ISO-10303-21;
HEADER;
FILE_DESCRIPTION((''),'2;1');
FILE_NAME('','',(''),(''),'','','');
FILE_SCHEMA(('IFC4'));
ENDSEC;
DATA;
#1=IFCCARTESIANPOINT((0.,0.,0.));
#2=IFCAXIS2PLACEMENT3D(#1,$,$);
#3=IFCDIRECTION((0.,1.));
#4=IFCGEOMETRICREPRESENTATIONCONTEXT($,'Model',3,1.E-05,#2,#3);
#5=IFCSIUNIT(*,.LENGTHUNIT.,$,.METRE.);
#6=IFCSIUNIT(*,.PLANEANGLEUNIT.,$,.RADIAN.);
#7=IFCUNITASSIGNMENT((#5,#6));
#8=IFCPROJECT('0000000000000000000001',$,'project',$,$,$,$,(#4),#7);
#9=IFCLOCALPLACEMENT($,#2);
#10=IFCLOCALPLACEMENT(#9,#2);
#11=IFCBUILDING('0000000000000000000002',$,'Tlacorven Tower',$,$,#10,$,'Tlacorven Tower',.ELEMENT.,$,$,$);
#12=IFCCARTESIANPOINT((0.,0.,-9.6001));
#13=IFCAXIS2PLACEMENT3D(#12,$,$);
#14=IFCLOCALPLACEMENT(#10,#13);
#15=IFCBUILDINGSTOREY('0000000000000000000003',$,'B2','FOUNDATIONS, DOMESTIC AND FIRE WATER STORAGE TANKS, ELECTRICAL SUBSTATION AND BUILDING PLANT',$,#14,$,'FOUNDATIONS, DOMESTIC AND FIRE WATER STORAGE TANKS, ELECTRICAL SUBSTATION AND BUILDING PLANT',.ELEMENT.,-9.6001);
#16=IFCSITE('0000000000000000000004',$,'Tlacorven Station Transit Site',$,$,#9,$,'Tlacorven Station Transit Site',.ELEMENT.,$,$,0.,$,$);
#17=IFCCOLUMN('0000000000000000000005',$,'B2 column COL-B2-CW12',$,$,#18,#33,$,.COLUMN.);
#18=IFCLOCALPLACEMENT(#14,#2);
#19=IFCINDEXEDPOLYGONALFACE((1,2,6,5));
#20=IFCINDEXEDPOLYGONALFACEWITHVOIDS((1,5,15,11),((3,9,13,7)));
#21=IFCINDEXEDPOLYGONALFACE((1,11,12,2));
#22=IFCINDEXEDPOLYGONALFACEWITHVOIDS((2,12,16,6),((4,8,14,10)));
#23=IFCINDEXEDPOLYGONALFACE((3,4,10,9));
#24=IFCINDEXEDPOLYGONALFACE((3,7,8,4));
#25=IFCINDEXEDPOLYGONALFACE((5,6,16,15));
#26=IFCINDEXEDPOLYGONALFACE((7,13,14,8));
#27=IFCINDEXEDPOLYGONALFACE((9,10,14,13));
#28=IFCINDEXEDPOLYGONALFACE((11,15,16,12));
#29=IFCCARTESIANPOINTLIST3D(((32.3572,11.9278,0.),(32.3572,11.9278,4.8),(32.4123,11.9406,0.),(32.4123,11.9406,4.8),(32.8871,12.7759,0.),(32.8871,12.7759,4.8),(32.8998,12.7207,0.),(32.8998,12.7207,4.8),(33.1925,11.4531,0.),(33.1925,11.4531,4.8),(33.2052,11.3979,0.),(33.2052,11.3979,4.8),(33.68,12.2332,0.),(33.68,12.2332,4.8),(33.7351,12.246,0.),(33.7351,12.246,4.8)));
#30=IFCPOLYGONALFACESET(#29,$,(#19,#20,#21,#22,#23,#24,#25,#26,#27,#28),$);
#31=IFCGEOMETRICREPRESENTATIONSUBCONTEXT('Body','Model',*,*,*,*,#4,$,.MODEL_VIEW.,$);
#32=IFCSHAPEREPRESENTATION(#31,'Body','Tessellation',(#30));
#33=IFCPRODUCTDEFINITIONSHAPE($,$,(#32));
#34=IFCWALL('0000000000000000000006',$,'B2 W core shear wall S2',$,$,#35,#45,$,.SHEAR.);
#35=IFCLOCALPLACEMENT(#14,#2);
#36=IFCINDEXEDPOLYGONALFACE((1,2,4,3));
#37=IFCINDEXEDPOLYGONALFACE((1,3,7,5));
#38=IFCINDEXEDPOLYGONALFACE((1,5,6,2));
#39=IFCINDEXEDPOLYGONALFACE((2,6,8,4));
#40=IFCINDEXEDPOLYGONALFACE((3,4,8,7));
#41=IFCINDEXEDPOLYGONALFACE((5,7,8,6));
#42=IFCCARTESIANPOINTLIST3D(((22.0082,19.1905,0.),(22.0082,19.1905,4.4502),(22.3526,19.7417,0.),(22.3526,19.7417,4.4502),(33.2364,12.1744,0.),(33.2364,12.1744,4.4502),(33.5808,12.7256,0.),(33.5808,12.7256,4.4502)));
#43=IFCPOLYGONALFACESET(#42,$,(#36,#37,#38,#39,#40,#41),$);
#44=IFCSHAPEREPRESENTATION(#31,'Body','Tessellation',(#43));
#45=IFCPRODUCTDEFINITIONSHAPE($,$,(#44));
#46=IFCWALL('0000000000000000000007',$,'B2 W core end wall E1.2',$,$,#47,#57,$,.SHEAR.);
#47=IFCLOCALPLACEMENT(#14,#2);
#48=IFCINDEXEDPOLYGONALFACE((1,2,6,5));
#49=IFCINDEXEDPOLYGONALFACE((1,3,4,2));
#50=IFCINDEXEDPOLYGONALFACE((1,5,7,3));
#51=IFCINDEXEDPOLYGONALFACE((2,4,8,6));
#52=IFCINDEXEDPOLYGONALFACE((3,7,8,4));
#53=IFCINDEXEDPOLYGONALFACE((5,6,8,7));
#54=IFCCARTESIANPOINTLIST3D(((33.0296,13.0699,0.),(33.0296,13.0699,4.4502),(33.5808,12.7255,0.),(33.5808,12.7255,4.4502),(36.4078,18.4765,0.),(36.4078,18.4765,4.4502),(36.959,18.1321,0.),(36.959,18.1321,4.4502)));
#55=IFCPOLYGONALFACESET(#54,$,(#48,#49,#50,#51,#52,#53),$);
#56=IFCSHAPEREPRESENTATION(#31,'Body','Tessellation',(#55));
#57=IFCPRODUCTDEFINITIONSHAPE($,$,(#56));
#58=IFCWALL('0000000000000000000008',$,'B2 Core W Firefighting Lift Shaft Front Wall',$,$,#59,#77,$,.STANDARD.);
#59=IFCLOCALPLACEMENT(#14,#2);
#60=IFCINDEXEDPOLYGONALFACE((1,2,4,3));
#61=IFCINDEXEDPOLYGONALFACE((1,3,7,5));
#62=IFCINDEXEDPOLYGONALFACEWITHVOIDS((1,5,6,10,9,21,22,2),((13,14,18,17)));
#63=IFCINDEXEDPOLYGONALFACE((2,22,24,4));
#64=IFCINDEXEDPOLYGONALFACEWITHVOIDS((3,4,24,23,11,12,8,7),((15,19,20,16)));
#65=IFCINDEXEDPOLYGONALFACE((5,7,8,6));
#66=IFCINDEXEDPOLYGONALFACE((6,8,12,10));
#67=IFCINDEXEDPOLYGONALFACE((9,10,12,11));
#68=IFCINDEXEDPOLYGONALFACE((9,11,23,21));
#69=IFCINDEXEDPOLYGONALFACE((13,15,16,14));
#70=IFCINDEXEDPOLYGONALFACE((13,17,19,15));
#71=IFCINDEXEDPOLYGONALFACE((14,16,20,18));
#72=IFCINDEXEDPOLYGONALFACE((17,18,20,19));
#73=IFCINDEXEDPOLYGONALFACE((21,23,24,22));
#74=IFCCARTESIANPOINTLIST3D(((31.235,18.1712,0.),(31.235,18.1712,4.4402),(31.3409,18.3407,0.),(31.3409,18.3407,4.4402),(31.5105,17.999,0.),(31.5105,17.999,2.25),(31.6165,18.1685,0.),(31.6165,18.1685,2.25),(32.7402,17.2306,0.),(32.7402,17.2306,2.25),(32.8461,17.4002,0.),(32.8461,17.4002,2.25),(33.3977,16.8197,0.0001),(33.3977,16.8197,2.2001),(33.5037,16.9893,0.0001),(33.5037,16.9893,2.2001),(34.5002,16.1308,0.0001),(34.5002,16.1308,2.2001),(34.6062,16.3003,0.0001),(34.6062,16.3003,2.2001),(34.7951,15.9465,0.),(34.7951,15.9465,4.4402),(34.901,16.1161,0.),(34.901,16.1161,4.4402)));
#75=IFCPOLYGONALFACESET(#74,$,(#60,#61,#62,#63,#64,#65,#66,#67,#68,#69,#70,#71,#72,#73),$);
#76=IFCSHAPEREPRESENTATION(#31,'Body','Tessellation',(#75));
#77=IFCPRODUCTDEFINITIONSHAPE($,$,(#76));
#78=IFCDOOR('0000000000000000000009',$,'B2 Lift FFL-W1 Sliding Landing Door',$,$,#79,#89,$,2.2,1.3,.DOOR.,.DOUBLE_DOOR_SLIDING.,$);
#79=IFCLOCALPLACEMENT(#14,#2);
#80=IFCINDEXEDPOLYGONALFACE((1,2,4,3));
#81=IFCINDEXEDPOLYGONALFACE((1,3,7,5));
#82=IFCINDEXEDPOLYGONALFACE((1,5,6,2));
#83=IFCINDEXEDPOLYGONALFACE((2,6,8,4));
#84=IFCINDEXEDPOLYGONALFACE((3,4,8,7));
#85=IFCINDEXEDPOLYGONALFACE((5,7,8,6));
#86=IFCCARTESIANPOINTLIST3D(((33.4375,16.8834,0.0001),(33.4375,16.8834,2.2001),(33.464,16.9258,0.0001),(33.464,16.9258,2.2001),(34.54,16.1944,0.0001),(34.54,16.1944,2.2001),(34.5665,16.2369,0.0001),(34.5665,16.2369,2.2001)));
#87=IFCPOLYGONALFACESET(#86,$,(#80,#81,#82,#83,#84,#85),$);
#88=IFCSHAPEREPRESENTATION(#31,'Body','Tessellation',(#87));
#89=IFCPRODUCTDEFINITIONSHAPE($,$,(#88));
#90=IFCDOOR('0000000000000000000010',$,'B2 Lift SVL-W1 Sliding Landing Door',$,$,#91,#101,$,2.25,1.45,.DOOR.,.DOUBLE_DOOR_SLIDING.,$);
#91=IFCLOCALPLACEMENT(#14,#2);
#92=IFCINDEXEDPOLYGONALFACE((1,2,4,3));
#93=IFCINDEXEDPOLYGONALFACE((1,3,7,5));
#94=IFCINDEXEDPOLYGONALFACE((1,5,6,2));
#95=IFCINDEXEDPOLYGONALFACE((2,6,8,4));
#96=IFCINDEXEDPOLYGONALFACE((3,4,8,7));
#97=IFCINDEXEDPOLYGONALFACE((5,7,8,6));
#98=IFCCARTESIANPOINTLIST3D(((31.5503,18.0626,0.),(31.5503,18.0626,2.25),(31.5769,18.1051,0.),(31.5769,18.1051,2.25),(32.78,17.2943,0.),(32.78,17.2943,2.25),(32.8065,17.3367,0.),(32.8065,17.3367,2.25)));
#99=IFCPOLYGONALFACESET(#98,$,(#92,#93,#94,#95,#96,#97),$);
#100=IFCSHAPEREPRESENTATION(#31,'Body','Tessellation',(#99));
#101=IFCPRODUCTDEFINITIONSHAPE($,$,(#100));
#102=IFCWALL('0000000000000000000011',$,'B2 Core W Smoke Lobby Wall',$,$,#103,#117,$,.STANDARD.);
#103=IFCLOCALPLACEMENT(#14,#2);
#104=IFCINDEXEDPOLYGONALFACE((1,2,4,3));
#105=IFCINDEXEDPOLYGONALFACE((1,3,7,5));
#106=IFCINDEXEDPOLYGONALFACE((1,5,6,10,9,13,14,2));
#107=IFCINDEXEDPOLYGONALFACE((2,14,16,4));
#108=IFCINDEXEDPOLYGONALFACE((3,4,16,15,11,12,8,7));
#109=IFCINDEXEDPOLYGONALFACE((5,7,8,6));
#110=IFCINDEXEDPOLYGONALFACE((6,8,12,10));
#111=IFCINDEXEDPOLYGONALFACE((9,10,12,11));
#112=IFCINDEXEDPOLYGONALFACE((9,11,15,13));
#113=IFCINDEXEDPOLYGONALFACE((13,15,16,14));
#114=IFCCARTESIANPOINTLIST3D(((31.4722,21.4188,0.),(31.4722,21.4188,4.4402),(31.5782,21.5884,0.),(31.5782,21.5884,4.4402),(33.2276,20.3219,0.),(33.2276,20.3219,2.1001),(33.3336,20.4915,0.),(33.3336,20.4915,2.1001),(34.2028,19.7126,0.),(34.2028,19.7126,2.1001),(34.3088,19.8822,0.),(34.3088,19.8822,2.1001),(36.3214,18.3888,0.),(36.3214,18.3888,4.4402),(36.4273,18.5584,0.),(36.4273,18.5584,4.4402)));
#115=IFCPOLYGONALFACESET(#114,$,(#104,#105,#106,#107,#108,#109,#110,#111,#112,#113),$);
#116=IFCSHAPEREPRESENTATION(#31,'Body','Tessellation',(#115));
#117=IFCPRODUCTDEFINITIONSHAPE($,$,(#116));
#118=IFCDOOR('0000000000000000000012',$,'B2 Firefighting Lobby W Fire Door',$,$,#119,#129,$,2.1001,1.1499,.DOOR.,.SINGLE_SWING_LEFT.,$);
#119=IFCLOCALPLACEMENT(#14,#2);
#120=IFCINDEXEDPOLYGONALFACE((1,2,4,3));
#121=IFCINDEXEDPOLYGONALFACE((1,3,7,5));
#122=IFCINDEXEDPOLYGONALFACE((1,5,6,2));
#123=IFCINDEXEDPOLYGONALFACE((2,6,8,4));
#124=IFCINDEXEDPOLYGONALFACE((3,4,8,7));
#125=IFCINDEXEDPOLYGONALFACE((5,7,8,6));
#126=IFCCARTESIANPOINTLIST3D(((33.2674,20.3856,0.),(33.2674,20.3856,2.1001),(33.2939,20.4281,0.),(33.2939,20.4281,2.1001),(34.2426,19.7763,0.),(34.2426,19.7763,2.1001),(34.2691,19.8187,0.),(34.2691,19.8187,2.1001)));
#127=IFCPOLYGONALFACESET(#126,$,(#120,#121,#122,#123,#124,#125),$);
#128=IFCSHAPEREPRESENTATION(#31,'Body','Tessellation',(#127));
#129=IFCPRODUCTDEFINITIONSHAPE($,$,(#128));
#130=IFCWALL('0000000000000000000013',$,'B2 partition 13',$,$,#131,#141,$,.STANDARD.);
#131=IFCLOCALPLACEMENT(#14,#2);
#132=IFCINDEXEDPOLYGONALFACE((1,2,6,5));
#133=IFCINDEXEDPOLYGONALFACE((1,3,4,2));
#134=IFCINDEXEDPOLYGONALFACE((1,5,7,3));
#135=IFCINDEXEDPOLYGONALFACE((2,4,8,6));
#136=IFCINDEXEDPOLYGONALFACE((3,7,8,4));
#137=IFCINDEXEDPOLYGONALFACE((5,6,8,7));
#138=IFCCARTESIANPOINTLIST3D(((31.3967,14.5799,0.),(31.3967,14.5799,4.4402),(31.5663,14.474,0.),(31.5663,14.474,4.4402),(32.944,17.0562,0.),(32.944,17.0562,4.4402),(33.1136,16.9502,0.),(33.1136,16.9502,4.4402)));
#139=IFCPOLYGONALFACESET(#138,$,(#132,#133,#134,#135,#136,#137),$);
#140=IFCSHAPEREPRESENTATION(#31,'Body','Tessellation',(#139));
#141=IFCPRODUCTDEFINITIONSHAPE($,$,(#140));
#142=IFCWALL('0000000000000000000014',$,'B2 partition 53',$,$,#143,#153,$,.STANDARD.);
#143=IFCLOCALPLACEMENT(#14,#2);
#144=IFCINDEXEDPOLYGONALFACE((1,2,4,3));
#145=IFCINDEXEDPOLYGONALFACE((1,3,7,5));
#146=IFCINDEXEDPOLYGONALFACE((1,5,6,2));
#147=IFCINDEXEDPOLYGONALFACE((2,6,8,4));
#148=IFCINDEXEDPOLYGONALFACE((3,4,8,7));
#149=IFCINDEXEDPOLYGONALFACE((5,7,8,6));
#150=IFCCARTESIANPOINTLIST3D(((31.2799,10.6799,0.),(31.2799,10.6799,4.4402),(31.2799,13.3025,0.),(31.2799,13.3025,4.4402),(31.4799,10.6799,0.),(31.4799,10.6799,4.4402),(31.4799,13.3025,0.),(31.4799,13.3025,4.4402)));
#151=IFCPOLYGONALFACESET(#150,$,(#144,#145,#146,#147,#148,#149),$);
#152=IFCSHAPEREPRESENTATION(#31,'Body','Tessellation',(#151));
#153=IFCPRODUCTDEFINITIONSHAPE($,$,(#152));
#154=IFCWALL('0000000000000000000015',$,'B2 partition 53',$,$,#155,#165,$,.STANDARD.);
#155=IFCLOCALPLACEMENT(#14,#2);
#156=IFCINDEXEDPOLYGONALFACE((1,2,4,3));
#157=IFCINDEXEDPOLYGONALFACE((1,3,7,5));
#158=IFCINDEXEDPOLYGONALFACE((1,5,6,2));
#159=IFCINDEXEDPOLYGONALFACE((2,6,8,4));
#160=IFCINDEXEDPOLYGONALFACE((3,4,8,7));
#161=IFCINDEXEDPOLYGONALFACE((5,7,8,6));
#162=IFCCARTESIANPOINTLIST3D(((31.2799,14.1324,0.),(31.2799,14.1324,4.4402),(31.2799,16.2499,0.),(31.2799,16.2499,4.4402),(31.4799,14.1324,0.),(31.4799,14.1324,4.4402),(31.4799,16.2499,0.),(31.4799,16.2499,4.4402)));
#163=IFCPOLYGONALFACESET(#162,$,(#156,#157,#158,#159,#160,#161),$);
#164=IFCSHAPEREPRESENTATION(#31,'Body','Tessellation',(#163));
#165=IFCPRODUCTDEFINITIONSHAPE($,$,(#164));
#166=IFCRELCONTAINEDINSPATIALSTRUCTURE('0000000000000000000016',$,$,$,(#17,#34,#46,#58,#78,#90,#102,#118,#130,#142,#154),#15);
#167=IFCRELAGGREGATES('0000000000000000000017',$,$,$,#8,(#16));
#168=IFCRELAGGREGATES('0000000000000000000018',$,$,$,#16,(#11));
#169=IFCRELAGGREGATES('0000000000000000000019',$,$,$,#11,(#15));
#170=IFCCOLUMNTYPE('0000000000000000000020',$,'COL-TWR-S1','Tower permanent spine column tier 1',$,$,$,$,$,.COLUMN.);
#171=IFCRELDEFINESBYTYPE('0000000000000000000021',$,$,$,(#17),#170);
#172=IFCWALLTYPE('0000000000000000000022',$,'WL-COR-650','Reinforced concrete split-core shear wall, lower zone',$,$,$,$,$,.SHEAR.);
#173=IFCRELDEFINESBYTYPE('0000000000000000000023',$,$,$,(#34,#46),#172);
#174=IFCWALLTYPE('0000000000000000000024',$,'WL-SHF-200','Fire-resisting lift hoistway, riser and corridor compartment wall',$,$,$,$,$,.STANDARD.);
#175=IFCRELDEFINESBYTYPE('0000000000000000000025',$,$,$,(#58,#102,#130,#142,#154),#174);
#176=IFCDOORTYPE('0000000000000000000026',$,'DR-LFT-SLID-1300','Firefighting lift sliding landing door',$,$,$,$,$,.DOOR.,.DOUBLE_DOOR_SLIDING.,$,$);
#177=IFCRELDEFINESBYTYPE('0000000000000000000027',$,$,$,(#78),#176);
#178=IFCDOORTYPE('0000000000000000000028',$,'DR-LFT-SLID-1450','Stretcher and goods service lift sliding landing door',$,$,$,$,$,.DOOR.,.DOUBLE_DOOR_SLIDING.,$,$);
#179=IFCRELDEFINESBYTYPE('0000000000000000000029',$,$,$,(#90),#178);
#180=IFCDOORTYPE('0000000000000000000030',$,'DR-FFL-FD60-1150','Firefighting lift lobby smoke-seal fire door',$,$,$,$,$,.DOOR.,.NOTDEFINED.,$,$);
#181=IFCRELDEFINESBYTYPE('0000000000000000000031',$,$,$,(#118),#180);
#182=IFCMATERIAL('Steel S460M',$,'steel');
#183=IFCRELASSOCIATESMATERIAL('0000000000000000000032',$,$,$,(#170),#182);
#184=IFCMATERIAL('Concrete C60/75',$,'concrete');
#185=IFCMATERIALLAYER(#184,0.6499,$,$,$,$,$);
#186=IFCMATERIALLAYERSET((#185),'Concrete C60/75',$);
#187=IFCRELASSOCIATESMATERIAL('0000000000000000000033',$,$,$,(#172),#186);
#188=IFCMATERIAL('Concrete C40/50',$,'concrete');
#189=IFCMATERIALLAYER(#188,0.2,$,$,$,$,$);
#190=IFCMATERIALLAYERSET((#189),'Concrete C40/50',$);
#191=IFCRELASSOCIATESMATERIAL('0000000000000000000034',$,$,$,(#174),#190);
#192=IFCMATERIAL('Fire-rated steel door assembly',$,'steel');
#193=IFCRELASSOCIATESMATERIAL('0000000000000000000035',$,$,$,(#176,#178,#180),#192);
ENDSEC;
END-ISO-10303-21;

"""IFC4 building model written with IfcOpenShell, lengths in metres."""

from ifc_helpers import new_model, si_unit, direction, frame, frame_2d, origin, origin_2d, place, context, subcontext, project, spatial, rectangle, hollow_rectangle, extrude, source, transform, mapped, material, layer, layer_set, material_profile, profile_set, type_object, element, fill, save


model = new_model("IFC4")

# Units and contexts
model_context = context("Model", 3, precision=1e-05, world=origin(), true_north=direction((0.0, 1.0)))
body_context = subcontext(model_context, "Body", "Model", "MODEL_VIEW")
ifc_project = project(units=[si_unit("LENGTHUNIT", "METRE"), si_unit("PLANEANGLEUNIT", "RADIAN")], contexts=[model_context])

# Site, building, storey
site_placement = place(None, origin())
site = spatial("IfcSite", under=ifc_project, at=site_placement, Name="Tlacorven Station Transit Site", LongName="Tlacorven Station Transit Site", CompositionType="ELEMENT", RefElevation=0.0)
building_placement = place(site_placement, origin())
building = spatial("IfcBuilding", under=site, at=building_placement, Name="Tlacorven Tower", LongName="Tlacorven Tower", CompositionType="ELEMENT")
storey_placement = place(building_placement, frame((0.0, 0.0, -9.6001)))
storey = spatial("IfcBuildingStorey", under=building, at=storey_placement, Name="B2", Description="FOUNDATIONS, DOMESTIC AND FIRE WATER STORAGE TANKS, ELECTRICAL SUBSTATION AND BUILDING PLANT", LongName="FOUNDATIONS, DOMESTIC AND FIRE WATER STORAGE TANKS, ELECTRICAL SUBSTATION AND BUILDING PLANT", CompositionType="ELEMENT", Elevation=-9.6001)

# Column
ifc_material_1 = material(Name="Steel S460M", Category="steel")
ifc_material_profile_1 = material_profile(ifc_material_1, hollow_rectangle(XDim=1.0, YDim=1.0, WallThickness=0.04, at=origin_2d()), Name="BOX 1000X1000X40")
ifc_profile_set_1 = profile_set([ifc_material_profile_1], Name="Steel S460M")
column_type_1 = type_object("IfcColumnType", Name="COL-TWR-S1", Description="Tower permanent spine column tier 1", PredefinedType="COLUMN", material=ifc_profile_set_1)
shared_shape_1 = source(origin(), body_context, "Body", "SweptSolid", [
    extrude(hollow_rectangle(XDim=1.0, YDim=1.0, WallThickness=0.04, at=origin_2d()), origin(), (0.0, 0.0, 1.0), 4.8),
])
column_1_placement = place(storey_placement, frame((33.0461, 12.0869, 0.0), z_axis=(0.0, 0.0, 1.0), x_axis=(-0.848048, 0.529919, 0.0)))
element("IfcColumn", 1, at=column_1_placement, inside=storey, type_object=column_type_1, Name="B2 column COL-B2-CW12", PredefinedType="COLUMN", context=body_context, shape_type="MappedRepresentation", body=[
    mapped(shared_shape_1, transform((0.0, 0.0, 0.0), scale=1.0)),
])

# Walls
ifc_material_2 = material(Name="Concrete C60/75", Category="concrete")
ifc_layer_1 = layer(ifc_material_2, 0.6499)
ifc_layer_set_1 = layer_set([ifc_layer_1], Name="Concrete C60/75")
wall_type_1 = type_object("IfcWallType", Name="WL-COR-650", Description="Reinforced concrete split-core shear wall, lower zone", PredefinedType="SHEAR", material=ifc_layer_set_1)
wall_1_placement = place(storey_placement, frame((33.4087, 12.45, 0.0), z_axis=(0.0, 0.0, 1.0), x_axis=(-0.848051, 0.529914, 0.0)))
element("IfcWall", 2, at=wall_1_placement, inside=storey, type_object=wall_type_1, Name="B2 W core shear wall S2", PredefinedType="SHEAR", context=body_context, shape_type="SweptSolid", body=[
    extrude(rectangle(XDim=13.24, YDim=0.6499, at=frame_2d((6.6201, 0.0))), origin(), (0.0, 0.0, 1.0), 4.4502),
])
wall_2_placement = place(storey_placement, frame((36.6833, 18.3042, 0.0), z_axis=(0.0, 0.0, 1.0), x_axis=(-0.529899, -0.848061, 0.0)))
element("IfcWall", 3, at=wall_2_placement, inside=storey, type_object=wall_type_1, Name="B2 W core end wall E1.2", PredefinedType="SHEAR", context=body_context, shape_type="SweptSolid", body=[
    extrude(rectangle(XDim=6.3752, YDim=0.6499, at=frame_2d((3.1875, 0.0))), origin(), (0.0, 0.0, 1.0), 4.4502),
])

# Wall, openings, doors
ifc_material_3 = material(Name="Concrete C40/50", Category="concrete")
ifc_layer_2 = layer(ifc_material_3, 0.2)
ifc_layer_set_2 = layer_set([ifc_layer_2], Name="Concrete C40/50")
wall_type_2 = type_object("IfcWallType", Name="WL-SHF-200", Description="Fire-resisting lift hoistway, riser and corridor compartment wall", PredefinedType="STANDARD", material=ifc_layer_set_2)
wall_3_placement = place(storey_placement, frame((34.8481, 16.0312, 0.0), z_axis=(0.0, 0.0, 1.0), x_axis=(-0.848044, 0.529926, 0.0)))
wall_3 = element("IfcWall", 4, at=wall_3_placement, inside=storey, type_object=wall_type_2, Name="B2 Core W Firefighting Lift Shaft Front Wall", PredefinedType="STANDARD", context=body_context, shape_type="SweptSolid", body=[
    extrude(rectangle(XDim=4.198, YDim=0.2, at=frame_2d((2.0991, 0.0))), origin(), (0.0, 0.0, 1.0), 4.4402),
])
opening_1_placement = place(wall_3_placement, frame((0.3479, 0.0, 0.0)))
opening_1 = element("IfcOpeningElement", 5, at=opening_1_placement, cuts=wall_3, PredefinedType="OPENING", context=body_context, shape_type="SweptSolid", body=[
    extrude(rectangle(XDim=1.3, YDim=2.2, at=frame_2d((0.6499, 1.1001))), frame((0.0, 0.1099, 0.0), z_axis=(0.0, -1.0, 0.0), x_axis=(1.0, 0.0, 0.0)), (0.0, 0.0, 1.0), 0.22),
])
opening_2_placement = place(wall_3_placement, frame((2.4231, 0.0, 0.0)))
opening_2 = element("IfcOpeningElement", 6, at=opening_2_placement, cuts=wall_3, PredefinedType="OPENING", context=body_context, shape_type="SweptSolid", body=[
    extrude(rectangle(XDim=1.45, YDim=2.25, at=frame_2d((0.7251, 1.125))), frame((0.0, 0.1099, 0.0), z_axis=(0.0, -1.0, 0.0), x_axis=(1.0, 0.0, 0.0)), (0.0, 0.0, 1.0), 0.22),
])
ifc_material_4 = material(Name="Fire-rated steel door assembly", Category="steel")
door_type_1 = type_object("IfcDoorType", Name="DR-LFT-SLID-1300", Description="Firefighting lift sliding landing door", OperationType="DOUBLE_DOOR_SLIDING", PredefinedType="DOOR", material=ifc_material_4)
shared_shape_2 = source(origin(), body_context, "Body", "SweptSolid", [
    extrude(rectangle(XDim=1.3, YDim=2.2, at=frame_2d((0.6499, 1.1001))), frame((0.0, 0.0249, 0.0), z_axis=(0.0, -1.0, 0.0), x_axis=(1.0, 0.0, 0.0)), (0.0, 0.0, 1.0), 0.05),
])
door_1_placement = place(opening_1_placement, origin())
door_1 = element("IfcDoor", 7, at=door_1_placement, inside=storey, type_object=door_type_1, Name="B2 Lift FFL-W1 Sliding Landing Door", OperationType="DOUBLE_DOOR_SLIDING", OverallHeight=2.2, OverallWidth=1.3, PredefinedType="DOOR", context=body_context, shape_type="MappedRepresentation", body=[
    mapped(shared_shape_2, transform((0.0, 0.0, 0.0), scale=1.0)),
])
fill(opening_1, door_1)
door_type_2 = type_object("IfcDoorType", Name="DR-LFT-SLID-1450", Description="Stretcher and goods service lift sliding landing door", OperationType="DOUBLE_DOOR_SLIDING", PredefinedType="DOOR", material=ifc_material_4)
shared_shape_3 = source(origin(), body_context, "Body", "SweptSolid", [
    extrude(rectangle(XDim=1.45, YDim=2.25, at=frame_2d((0.7251, 1.125))), frame((0.0, 0.0249, 0.0), z_axis=(0.0, -1.0, 0.0), x_axis=(1.0, 0.0, 0.0)), (0.0, 0.0, 1.0), 0.05),
])
door_2_placement = place(opening_2_placement, origin())
door_2 = element("IfcDoor", 8, at=door_2_placement, inside=storey, type_object=door_type_2, Name="B2 Lift SVL-W1 Sliding Landing Door", OperationType="DOUBLE_DOOR_SLIDING", OverallHeight=2.25, OverallWidth=1.45, PredefinedType="DOOR", context=body_context, shape_type="MappedRepresentation", body=[
    mapped(shared_shape_3, transform((0.0, 0.0, 0.0), scale=1.0)),
])
fill(opening_2, door_2)

# Wall, opening, door
wall_4_placement = place(storey_placement, frame((36.3743, 18.4736, 0.0), z_axis=(0.0, 0.0, 1.0), x_axis=(-0.848051, 0.529915, 0.0)))
wall_4 = element("IfcWall", 9, at=wall_4_placement, inside=storey, type_object=wall_type_2, Name="B2 Core W Smoke Lobby Wall", PredefinedType="STANDARD", context=body_context, shape_type="SweptSolid", body=[
    extrude(rectangle(XDim=5.718, YDim=0.2, at=frame_2d((2.8589, 0.0))), origin(), (0.0, 0.0, 1.0), 4.4402),
])
opening_3_placement = place(wall_4_placement, frame((2.498, 0.0, 0.0)))
opening_3 = element("IfcOpeningElement", 10, at=opening_3_placement, cuts=wall_4, PredefinedType="OPENING", context=body_context, shape_type="SweptSolid", body=[
    extrude(rectangle(XDim=1.1499, YDim=2.1001, at=frame_2d((0.575, 1.05))), frame((0.0, 0.1099, 0.0), z_axis=(0.0, -1.0, 0.0), x_axis=(1.0, 0.0, 0.0)), (0.0, 0.0, 1.0), 0.22),
])
door_type_3 = type_object("IfcDoorType", Name="DR-FFL-FD60-1150", Description="Firefighting lift lobby smoke-seal fire door", OperationType="NOTDEFINED", PredefinedType="DOOR", material=ifc_material_4)
shared_shape_4 = source(origin(), body_context, "Body", "SweptSolid", [
    extrude(rectangle(XDim=1.1499, YDim=2.1001, at=frame_2d((0.575, 1.05))), frame((0.0, 0.0249, 0.0), z_axis=(0.0, -1.0, 0.0), x_axis=(1.0, 0.0, 0.0)), (0.0, 0.0, 1.0), 0.05),
])
door_3_placement = place(opening_3_placement, origin())
door_3 = element("IfcDoor", 11, at=door_3_placement, inside=storey, type_object=door_type_3, Name="B2 Firefighting Lobby W Fire Door", OperationType="SINGLE_SWING_LEFT", OverallHeight=2.1001, OverallWidth=1.1499, PredefinedType="DOOR", context=body_context, shape_type="MappedRepresentation", body=[
    mapped(shared_shape_4, transform((0.0, 0.0, 0.0), scale=1.0)),
])
fill(opening_3, door_3)

# Walls
wall_5_placement = place(storey_placement, frame((33.0288, 17.0032, 0.0), z_axis=(0.0, 0.0, 1.0), x_axis=(-0.529916, -0.84805, 0.0)))
element("IfcWall", 12, at=wall_5_placement, inside=storey, type_object=wall_type_2, Name="B2 partition 13", PredefinedType="STANDARD", context=body_context, shape_type="SweptSolid", body=[
    extrude(rectangle(XDim=2.9199, YDim=0.2, at=frame_2d((1.46, 0.0))), origin(), (0.0, 0.0, 1.0), 4.4402),
])
wall_6_placement = place(storey_placement, frame((31.3799, 10.6799, 0.0), z_axis=(0.0, 0.0, 1.0), x_axis=(0.0, 1.0, 0.0)))
element("IfcWall", 13, at=wall_6_placement, inside=storey, type_object=wall_type_2, Name="B2 partition 53", PredefinedType="STANDARD", context=body_context, shape_type="SweptSolid", body=[
    extrude(rectangle(XDim=2.6226, YDim=0.2, at=frame_2d((1.3113, 0.0))), origin(), (0.0, 0.0, 1.0), 4.4402),
])
wall_7_placement = place(storey_placement, frame((31.3799, 14.1326, 0.0), z_axis=(0.0, 0.0, 1.0), x_axis=(0.0, 1.0, 0.0)))
element("IfcWall", 14, at=wall_7_placement, inside=storey, type_object=wall_type_2, Name="B2 partition 53", PredefinedType="STANDARD", context=body_context, shape_type="SweptSolid", body=[
    extrude(rectangle(XDim=2.1174, YDim=0.2, at=frame_2d((1.0586, 0.0))), origin(), (0.0, 0.0, 1.0), 4.4402),
])

save(model, "model.ifc")
